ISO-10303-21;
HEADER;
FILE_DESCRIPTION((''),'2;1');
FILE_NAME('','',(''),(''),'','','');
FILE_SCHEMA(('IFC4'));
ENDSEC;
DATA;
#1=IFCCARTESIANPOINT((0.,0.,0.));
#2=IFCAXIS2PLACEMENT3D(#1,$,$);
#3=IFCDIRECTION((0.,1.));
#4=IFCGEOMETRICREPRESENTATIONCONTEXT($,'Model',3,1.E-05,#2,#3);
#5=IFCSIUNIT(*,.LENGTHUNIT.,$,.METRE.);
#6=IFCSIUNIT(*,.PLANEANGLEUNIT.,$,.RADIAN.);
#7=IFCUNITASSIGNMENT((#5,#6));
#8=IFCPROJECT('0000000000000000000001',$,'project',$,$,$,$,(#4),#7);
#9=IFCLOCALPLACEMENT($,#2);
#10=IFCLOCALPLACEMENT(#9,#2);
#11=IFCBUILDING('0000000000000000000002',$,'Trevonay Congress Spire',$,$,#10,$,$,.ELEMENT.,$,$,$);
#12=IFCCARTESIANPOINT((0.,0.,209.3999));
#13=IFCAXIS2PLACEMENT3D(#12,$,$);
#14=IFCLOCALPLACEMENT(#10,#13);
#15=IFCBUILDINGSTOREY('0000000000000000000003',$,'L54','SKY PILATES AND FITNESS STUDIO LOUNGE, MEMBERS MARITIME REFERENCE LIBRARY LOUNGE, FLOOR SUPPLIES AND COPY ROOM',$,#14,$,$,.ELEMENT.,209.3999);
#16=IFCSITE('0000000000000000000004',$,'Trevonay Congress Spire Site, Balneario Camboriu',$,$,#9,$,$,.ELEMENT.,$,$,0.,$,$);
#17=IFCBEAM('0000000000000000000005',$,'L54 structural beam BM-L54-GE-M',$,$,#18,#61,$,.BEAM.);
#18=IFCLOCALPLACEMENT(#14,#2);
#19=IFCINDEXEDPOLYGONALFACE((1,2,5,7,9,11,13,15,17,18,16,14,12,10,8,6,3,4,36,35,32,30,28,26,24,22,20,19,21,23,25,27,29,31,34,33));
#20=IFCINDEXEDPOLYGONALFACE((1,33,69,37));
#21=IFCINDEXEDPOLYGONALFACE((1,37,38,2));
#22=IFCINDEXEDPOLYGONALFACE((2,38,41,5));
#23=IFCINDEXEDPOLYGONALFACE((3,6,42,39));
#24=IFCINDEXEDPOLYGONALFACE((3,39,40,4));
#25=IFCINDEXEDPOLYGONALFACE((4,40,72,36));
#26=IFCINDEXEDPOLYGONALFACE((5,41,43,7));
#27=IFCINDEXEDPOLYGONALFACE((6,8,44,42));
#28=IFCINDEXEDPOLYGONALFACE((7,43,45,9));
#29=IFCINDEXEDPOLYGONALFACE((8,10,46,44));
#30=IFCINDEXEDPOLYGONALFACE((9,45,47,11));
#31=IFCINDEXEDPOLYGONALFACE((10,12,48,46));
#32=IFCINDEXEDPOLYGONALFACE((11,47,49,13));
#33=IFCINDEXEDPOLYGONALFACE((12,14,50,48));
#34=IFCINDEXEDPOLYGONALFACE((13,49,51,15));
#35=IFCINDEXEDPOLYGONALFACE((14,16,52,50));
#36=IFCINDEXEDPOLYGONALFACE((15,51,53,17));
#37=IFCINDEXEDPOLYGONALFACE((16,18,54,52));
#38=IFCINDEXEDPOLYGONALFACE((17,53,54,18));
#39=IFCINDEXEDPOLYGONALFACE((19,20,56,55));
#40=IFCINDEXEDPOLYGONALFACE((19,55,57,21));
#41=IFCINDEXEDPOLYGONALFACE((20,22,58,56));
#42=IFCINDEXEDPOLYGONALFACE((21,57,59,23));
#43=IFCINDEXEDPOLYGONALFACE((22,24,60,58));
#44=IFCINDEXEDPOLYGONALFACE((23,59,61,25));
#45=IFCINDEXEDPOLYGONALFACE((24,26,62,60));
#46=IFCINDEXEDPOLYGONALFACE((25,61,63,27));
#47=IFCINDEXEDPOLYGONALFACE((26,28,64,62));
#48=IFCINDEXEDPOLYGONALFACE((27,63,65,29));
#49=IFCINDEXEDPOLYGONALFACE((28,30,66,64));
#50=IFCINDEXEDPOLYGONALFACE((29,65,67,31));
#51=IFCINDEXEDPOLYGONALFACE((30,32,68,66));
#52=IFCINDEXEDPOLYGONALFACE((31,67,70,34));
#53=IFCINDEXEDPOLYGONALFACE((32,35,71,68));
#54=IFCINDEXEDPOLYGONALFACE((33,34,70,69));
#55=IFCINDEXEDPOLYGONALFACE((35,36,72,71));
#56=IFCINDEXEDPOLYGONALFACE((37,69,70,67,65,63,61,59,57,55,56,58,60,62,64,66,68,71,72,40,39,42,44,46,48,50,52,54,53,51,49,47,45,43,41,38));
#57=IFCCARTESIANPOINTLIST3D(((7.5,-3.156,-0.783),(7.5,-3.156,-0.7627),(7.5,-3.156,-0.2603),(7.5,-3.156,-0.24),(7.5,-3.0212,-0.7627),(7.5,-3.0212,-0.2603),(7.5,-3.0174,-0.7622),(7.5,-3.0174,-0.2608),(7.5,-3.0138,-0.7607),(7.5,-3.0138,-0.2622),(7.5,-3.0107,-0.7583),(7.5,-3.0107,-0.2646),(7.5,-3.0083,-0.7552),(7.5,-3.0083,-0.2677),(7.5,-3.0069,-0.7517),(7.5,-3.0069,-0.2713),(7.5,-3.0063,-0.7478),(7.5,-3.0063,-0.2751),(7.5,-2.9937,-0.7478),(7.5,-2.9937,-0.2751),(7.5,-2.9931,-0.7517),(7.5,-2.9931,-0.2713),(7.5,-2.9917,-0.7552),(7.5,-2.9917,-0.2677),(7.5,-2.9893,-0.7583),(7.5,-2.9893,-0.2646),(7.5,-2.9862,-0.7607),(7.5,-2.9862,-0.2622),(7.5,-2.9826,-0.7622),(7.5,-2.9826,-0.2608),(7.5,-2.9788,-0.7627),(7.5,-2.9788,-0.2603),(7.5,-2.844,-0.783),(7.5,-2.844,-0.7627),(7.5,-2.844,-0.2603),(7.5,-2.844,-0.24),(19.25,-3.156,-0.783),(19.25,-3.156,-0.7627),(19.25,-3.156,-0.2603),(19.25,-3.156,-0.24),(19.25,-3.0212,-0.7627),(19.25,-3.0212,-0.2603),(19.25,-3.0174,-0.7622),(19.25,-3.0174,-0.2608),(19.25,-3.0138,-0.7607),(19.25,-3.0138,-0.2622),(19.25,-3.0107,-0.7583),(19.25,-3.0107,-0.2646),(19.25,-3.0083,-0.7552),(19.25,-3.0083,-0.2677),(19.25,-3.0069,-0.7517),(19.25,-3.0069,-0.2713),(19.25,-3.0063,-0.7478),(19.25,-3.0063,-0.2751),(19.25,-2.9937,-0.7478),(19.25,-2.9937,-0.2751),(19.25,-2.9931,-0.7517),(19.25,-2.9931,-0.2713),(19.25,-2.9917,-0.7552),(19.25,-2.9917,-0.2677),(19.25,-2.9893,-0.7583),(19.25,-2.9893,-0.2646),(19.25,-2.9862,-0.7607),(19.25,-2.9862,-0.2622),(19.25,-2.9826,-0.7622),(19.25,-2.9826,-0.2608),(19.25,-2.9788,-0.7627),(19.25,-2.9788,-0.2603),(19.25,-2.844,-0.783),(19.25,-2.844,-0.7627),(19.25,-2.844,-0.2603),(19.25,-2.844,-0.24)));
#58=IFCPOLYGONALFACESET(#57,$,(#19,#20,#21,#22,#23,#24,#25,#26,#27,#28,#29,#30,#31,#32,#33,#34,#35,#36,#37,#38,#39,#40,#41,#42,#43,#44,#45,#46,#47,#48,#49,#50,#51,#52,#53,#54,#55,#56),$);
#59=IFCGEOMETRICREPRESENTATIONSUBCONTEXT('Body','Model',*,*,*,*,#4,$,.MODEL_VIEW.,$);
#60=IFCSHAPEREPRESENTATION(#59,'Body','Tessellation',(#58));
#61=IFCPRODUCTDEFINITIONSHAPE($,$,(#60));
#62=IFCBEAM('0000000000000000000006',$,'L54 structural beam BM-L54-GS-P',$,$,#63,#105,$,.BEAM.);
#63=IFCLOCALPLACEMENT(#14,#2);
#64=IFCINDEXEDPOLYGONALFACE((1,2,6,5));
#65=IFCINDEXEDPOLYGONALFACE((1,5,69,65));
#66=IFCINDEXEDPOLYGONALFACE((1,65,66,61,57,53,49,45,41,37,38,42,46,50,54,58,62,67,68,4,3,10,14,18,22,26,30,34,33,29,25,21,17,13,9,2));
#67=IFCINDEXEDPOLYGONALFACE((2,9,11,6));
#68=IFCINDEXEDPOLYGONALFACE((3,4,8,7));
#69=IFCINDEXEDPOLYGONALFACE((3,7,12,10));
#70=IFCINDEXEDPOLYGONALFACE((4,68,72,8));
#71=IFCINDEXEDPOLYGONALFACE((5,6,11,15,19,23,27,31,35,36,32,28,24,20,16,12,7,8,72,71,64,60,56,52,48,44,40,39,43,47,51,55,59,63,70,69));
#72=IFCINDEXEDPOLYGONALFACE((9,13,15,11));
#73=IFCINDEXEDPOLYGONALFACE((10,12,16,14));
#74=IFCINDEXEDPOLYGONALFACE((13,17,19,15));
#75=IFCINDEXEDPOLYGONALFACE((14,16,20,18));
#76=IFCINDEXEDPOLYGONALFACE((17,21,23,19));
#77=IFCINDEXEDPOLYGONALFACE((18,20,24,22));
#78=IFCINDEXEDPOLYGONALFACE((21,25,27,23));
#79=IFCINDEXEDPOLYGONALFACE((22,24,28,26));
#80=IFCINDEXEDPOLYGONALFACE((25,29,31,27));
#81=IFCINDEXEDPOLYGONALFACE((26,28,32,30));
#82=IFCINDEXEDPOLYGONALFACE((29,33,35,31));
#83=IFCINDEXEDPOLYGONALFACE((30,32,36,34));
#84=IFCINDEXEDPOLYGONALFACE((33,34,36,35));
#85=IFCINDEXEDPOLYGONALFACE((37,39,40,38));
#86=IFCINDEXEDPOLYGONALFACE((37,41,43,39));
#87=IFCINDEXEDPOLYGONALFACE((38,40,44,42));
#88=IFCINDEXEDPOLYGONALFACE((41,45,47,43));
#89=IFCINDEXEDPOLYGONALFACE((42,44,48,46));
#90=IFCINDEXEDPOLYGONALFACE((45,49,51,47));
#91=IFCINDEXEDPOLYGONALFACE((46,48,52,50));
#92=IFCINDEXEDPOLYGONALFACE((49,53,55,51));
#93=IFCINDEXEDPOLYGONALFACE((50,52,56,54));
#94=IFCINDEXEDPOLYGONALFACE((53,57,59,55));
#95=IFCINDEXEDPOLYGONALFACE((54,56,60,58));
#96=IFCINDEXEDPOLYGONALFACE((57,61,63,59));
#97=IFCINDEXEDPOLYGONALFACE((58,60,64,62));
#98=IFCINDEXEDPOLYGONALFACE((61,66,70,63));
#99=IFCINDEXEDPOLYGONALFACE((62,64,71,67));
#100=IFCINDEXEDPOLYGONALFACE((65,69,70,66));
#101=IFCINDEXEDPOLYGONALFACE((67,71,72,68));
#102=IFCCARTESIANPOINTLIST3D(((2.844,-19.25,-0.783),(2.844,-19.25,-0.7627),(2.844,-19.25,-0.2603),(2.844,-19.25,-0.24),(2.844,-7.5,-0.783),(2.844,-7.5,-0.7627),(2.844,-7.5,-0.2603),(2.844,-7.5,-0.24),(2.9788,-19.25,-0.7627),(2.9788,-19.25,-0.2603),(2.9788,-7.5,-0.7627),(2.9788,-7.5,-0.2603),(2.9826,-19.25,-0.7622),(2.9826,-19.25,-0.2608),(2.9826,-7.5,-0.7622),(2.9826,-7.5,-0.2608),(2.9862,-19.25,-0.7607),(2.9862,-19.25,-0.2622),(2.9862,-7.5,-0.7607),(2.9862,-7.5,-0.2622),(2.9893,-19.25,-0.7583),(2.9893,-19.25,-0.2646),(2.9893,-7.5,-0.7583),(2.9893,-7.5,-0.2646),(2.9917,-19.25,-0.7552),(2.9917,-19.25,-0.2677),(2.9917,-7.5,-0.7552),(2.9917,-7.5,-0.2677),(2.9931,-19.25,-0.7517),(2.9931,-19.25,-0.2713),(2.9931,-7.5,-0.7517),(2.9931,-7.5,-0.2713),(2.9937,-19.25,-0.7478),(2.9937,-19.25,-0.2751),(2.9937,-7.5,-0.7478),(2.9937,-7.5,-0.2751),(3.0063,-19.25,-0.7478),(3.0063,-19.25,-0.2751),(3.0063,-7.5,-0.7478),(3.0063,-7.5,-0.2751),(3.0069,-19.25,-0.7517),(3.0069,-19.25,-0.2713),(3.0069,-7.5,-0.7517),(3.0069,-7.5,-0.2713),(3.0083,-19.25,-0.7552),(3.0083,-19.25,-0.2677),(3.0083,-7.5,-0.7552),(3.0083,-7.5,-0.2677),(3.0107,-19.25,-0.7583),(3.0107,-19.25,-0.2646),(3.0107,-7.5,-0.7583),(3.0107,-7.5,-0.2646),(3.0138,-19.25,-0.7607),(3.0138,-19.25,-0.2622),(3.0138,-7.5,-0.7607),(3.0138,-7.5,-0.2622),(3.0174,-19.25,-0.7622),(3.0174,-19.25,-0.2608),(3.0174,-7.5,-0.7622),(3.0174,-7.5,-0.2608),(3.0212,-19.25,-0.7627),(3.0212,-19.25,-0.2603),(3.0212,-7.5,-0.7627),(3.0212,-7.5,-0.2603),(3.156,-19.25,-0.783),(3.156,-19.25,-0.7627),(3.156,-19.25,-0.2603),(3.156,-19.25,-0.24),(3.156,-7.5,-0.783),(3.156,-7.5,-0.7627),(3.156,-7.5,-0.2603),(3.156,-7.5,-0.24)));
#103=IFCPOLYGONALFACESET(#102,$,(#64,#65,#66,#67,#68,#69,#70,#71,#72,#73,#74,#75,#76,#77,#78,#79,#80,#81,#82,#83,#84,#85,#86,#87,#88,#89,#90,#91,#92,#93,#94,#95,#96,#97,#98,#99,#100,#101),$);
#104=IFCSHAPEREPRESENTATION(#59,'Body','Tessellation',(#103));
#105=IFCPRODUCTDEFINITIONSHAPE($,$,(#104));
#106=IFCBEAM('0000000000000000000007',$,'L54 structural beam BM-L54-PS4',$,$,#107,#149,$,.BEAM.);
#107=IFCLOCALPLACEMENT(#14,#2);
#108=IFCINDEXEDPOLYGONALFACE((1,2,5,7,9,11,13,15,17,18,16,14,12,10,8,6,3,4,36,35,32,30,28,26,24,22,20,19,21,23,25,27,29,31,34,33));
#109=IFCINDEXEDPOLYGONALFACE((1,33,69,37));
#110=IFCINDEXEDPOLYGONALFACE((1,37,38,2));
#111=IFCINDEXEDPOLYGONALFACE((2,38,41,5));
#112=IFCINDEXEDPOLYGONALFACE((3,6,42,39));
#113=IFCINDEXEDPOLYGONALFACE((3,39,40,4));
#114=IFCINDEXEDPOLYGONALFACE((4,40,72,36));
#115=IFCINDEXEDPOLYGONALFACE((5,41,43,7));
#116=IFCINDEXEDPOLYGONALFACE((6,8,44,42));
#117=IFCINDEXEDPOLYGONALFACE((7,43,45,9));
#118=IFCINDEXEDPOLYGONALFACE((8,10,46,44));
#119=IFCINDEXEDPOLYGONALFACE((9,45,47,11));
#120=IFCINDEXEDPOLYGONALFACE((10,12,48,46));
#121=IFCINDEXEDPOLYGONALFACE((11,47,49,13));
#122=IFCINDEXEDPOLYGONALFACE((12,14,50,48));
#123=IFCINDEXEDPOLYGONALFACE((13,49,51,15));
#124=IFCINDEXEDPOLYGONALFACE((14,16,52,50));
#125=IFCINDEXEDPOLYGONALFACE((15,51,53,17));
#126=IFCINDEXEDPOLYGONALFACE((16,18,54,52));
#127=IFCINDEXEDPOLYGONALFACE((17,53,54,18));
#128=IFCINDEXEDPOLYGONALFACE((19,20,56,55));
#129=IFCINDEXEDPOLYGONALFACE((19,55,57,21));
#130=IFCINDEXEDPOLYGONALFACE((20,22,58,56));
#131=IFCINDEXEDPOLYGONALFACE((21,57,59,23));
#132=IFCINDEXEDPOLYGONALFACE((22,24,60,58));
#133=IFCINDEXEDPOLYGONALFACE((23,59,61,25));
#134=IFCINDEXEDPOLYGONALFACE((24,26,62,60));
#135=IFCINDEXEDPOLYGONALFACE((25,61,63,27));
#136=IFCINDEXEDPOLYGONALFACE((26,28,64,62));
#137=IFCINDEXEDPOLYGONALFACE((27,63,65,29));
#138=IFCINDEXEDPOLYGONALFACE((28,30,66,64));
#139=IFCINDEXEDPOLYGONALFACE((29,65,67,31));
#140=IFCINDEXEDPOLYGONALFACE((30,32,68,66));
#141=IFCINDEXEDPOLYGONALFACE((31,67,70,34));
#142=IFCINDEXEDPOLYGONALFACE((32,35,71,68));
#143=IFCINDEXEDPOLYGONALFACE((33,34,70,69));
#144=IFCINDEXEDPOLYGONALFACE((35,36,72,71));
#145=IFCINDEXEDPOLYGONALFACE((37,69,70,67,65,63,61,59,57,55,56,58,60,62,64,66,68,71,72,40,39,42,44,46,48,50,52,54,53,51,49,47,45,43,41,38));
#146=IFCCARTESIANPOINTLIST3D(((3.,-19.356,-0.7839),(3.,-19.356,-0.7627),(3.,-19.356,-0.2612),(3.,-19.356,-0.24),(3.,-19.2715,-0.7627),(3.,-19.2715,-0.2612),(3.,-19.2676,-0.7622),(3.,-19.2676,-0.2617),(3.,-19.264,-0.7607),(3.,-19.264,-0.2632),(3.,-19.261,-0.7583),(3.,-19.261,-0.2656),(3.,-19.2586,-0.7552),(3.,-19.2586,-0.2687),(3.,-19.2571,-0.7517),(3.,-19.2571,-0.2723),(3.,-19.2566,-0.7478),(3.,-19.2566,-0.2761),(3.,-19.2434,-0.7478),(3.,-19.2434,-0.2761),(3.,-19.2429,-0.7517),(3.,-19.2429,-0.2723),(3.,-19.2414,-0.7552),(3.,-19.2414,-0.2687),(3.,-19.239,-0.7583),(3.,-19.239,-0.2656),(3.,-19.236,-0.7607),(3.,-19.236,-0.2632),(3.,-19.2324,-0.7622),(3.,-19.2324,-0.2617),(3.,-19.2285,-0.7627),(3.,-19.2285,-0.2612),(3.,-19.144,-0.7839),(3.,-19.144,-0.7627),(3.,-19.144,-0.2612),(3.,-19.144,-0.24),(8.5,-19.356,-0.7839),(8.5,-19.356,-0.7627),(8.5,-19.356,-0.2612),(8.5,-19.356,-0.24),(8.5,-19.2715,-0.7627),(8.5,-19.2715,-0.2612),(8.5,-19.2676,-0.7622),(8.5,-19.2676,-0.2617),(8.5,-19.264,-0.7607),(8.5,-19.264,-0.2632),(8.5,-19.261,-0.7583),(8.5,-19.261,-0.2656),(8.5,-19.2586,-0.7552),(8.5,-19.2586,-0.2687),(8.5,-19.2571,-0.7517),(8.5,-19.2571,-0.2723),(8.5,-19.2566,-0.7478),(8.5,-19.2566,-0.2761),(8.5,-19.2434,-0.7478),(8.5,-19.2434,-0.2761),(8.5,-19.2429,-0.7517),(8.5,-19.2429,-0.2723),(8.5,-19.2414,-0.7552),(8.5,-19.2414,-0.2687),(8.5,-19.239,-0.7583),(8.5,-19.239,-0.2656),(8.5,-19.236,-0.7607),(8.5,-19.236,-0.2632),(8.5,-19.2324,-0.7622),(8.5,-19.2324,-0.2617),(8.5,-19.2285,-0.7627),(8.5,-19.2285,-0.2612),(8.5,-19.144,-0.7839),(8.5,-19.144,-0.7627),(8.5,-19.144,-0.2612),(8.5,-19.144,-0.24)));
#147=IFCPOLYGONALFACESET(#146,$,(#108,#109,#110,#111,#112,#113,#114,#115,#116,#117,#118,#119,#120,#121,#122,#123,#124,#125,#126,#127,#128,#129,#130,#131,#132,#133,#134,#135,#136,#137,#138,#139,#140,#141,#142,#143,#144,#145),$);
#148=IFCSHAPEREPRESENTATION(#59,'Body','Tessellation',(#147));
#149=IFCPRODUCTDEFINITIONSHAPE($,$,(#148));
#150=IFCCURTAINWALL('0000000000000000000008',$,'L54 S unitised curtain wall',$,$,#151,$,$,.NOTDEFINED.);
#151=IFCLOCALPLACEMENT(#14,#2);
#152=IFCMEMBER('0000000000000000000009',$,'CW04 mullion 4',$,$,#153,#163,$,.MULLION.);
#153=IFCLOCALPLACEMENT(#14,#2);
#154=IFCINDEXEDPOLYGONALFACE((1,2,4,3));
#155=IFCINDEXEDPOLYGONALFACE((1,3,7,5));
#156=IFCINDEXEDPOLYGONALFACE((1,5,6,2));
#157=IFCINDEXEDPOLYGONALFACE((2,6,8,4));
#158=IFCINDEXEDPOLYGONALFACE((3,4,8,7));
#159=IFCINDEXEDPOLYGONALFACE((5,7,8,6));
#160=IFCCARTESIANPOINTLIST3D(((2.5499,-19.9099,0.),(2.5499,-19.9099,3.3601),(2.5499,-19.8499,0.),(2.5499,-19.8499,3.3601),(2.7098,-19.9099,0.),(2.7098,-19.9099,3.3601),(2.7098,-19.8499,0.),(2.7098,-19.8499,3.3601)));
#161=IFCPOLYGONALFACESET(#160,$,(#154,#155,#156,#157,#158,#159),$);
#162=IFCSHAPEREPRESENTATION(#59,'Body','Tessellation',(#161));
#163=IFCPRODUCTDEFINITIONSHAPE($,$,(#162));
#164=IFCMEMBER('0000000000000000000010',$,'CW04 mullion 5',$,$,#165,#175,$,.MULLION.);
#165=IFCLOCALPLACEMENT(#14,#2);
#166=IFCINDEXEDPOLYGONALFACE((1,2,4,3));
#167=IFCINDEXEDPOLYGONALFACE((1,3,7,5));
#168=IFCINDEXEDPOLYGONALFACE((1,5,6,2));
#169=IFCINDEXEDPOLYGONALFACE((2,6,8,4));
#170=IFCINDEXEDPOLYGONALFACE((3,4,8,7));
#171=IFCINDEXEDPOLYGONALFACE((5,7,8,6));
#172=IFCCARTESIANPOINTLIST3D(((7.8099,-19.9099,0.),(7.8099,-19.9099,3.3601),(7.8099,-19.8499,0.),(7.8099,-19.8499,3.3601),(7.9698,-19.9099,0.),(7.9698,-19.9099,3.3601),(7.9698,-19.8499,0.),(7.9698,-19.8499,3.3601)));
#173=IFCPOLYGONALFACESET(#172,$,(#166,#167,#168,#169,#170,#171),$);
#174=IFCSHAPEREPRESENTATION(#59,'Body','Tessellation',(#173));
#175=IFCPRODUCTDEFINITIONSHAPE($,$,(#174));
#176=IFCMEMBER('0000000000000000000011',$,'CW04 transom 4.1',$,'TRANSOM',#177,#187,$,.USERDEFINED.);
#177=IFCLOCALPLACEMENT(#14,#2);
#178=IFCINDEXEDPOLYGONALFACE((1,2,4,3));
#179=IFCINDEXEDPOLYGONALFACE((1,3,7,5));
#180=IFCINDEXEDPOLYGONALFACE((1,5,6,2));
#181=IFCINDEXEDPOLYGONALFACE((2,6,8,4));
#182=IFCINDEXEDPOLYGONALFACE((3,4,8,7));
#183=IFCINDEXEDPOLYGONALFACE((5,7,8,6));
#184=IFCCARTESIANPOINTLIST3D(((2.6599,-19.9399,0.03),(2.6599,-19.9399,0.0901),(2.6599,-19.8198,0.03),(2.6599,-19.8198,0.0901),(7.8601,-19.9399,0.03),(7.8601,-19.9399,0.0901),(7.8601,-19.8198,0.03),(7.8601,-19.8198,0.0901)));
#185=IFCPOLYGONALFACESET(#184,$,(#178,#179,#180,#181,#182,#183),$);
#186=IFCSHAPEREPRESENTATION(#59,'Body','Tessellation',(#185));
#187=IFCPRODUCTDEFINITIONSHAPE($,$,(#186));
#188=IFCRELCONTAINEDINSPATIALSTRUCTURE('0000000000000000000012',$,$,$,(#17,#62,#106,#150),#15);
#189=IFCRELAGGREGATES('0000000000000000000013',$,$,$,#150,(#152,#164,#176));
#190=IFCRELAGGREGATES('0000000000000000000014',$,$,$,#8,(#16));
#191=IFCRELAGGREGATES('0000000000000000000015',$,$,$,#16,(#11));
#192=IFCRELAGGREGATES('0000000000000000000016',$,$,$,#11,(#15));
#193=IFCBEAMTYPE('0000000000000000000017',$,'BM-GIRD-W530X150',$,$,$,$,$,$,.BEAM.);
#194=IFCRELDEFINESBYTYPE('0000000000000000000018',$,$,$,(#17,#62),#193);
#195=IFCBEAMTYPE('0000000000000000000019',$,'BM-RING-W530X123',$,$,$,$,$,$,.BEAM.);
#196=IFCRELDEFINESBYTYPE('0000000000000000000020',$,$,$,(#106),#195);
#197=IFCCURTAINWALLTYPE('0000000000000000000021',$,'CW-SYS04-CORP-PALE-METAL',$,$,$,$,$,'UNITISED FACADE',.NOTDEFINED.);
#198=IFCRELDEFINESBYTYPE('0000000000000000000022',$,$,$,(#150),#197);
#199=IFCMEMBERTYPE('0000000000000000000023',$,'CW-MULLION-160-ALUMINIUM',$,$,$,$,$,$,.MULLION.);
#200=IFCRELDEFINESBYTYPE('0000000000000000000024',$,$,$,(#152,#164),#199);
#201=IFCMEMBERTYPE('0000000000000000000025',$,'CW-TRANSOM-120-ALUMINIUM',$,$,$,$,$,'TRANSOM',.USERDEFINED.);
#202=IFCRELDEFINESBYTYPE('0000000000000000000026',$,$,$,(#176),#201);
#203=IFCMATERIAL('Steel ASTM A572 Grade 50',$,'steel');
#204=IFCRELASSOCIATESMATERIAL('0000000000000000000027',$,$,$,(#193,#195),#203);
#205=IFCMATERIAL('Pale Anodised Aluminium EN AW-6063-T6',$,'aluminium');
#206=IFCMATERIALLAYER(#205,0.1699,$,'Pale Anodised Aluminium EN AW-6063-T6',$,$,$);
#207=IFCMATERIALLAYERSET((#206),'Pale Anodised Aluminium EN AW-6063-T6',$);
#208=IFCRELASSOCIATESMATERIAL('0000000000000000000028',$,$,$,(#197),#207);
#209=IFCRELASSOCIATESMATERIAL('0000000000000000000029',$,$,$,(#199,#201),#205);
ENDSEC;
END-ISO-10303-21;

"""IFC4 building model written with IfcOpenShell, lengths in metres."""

from ifc_helpers import new_model, si_unit, direction, frame, origin, origin_2d, place, context, subcontext, project, spatial, rectangle, i_section, extrude, material, layer, layer_set, material_profile, profile_set, type_object, element, aggregate, save


model = new_model("IFC4")

# Units and contexts
model_context = context("Model", 3, precision=1e-05, world=origin(), true_north=direction((0.0, 1.0)))
body_context = subcontext(model_context, "Body", "Model", "MODEL_VIEW")
ifc_project = project(units=[si_unit("LENGTHUNIT", "METRE"), si_unit("PLANEANGLEUNIT", "RADIAN")], contexts=[model_context])

# Site, building, storey
site_placement = place(None, origin())
site = spatial("IfcSite", under=ifc_project, at=site_placement, Name="Trevonay Congress Spire Site, Balneario Camboriu", CompositionType="ELEMENT", RefElevation=0.0)
building_placement = place(site_placement, origin())
building = spatial("IfcBuilding", under=site, at=building_placement, Name="Trevonay Congress Spire", CompositionType="ELEMENT")
storey_placement = place(building_placement, frame((0.0, 0.0, 209.3999)))
storey = spatial("IfcBuildingStorey", under=building, at=storey_placement, Name="L54", Description="SKY PILATES AND FITNESS STUDIO LOUNGE, MEMBERS MARITIME REFERENCE LIBRARY LOUNGE, FLOOR SUPPLIES AND COPY ROOM", CompositionType="ELEMENT", Elevation=209.3999)

# Shared definitions
ifc_material_1 = material(Name="Steel ASTM A572 Grade 50", Category="steel")

# Beams
ifc_material_profile_1 = material_profile(ifc_material_1, i_section(OverallWidth=0.312, OverallDepth=0.543, WebThickness=0.0127, FlangeThickness=0.0203, FilletRadius=0.0149, at=origin_2d()), Name="W530x150")
ifc_profile_set_1 = profile_set([ifc_material_profile_1], Name="Steel ASTM A572 Grade 50")
beam_type_1 = type_object("IfcBeamType", Name="BM-GIRD-W530X150", PredefinedType="BEAM", material=ifc_profile_set_1)
for number, where, z_axis, x_axis, name in (
    (1, (7.5, -3.0, -0.5115), (1.0, 0.0, 0.0), (0.0, 1.0, 0.0), "L54 structural beam BM-L54-GE-M"),
    (2, (3.0, -7.5, -0.5115), (0.0, -1.0, 0.0), (1.0, 0.0, 0.0), "L54 structural beam BM-L54-GS-P"),
):
    element("IfcBeam", number, at=place(storey_placement, frame(where, z_axis=z_axis, x_axis=x_axis)), inside=storey, type_object=beam_type_1, Name=name, PredefinedType="BEAM", context=body_context, shape_type="SweptSolid", body=[
        extrude(i_section(OverallWidth=0.312, OverallDepth=0.543, WebThickness=0.0127, FlangeThickness=0.0203, FilletRadius=0.0149, at=origin_2d()), origin(), (0.0, 0.0, 1.0), 11.75),
    ])
ifc_material_profile_2 = material_profile(ifc_material_1, i_section(OverallWidth=0.2119, OverallDepth=0.5439, WebThickness=0.0132, FlangeThickness=0.0212, FilletRadius=0.0149, at=origin_2d()), Name="W530x123")
ifc_profile_set_2 = profile_set([ifc_material_profile_2], Name="Steel ASTM A572 Grade 50")
beam_type_2 = type_object("IfcBeamType", Name="BM-RING-W530X123", PredefinedType="BEAM", material=ifc_profile_set_2)
beam_1_placement = place(storey_placement, frame((3.0, -19.25, -0.512), z_axis=(1.0, 0.0, 0.0), x_axis=(0.0, 1.0, 0.0)))
element("IfcBeam", 3, at=beam_1_placement, inside=storey, type_object=beam_type_2, Name="L54 structural beam BM-L54-PS4", PredefinedType="BEAM", context=body_context, shape_type="SweptSolid", body=[
    extrude(i_section(OverallWidth=0.2119, OverallDepth=0.5439, WebThickness=0.0132, FlangeThickness=0.0212, FilletRadius=0.0149, at=origin_2d()), origin(), (0.0, 0.0, 1.0), 5.5),
])

# Curtain wall, members
ifc_material_2 = material(Name="Pale Anodised Aluminium EN AW-6063-T6", Category="aluminium")
ifc_layer_1 = layer(ifc_material_2, 0.1699, Name="Pale Anodised Aluminium EN AW-6063-T6")
ifc_layer_set_1 = layer_set([ifc_layer_1], Name="Pale Anodised Aluminium EN AW-6063-T6")
curtain_wall_type = type_object("IfcCurtainWallType", Name="CW-SYS04-CORP-PALE-METAL", ElementType="UNITISED FACADE", PredefinedType="NOTDEFINED", material=ifc_layer_set_1)
curtain_wall_placement = place(storey_placement, origin())
curtain_wall = element("IfcCurtainWall", 4, at=curtain_wall_placement, inside=storey, type_object=curtain_wall_type, Name="L54 S unitised curtain wall", PredefinedType="NOTDEFINED")
ifc_material_profile_3 = material_profile(ifc_material_2, rectangle(XDim=0.0601, YDim=0.1599, at=origin_2d()), Name="CW-MULLION-160-ALUMINIUM")
ifc_profile_set_3 = profile_set([ifc_material_profile_3], Name="Pale Anodised Aluminium EN AW-6063-T6")
member_type_1 = type_object("IfcMemberType", Name="CW-MULLION-160-ALUMINIUM", PredefinedType="MULLION", material=ifc_profile_set_3)
member_1_placement = place(storey_placement, frame((2.6299, -19.8799, 0.0), z_axis=(0.0, 0.0, 1.0), x_axis=(0.0, 1.0, 0.0)))
member_1 = element("IfcMember", 5, at=member_1_placement, type_object=member_type_1, Name="CW04 mullion 4", PredefinedType="MULLION", context=body_context, shape_type="SweptSolid", body=[
    extrude(rectangle(XDim=0.0601, YDim=0.1599, at=origin_2d()), origin(), (0.0, 0.0, 1.0), 3.3601),
])
member_2_placement = place(storey_placement, frame((7.8899, -19.8799, 0.0), z_axis=(0.0, 0.0, 1.0), x_axis=(0.0, 1.0, 0.0)))
member_2 = element("IfcMember", 6, at=member_2_placement, type_object=member_type_1, Name="CW04 mullion 5", PredefinedType="MULLION", context=body_context, shape_type="SweptSolid", body=[
    extrude(rectangle(XDim=0.0601, YDim=0.1599, at=origin_2d()), origin(), (0.0, 0.0, 1.0), 3.3601),
])
ifc_material_profile_4 = material_profile(ifc_material_2, rectangle(XDim=0.1201, YDim=0.0601, at=origin_2d()), Name="CW-TRANSOM-120-ALUMINIUM")
ifc_profile_set_4 = profile_set([ifc_material_profile_4], Name="Pale Anodised Aluminium EN AW-6063-T6")
member_type_2 = type_object("IfcMemberType", Name="CW-TRANSOM-120-ALUMINIUM", ElementType="TRANSOM", PredefinedType="USERDEFINED", material=ifc_profile_set_4)
member_3_placement = place(storey_placement, frame((2.6599, -19.8799, 0.0601), z_axis=(1.0, 0.0, 0.0), x_axis=(0.0, 1.0, 0.0)))
member_3 = element("IfcMember", 7, at=member_3_placement, type_object=member_type_2, Name="CW04 transom 4.1", ObjectType="TRANSOM", PredefinedType="USERDEFINED", context=body_context, shape_type="SweptSolid", body=[
    extrude(rectangle(XDim=0.1201, YDim=0.0601, at=origin_2d()), origin(), (0.0, 0.0, 1.0), 5.2002),
])

aggregate(curtain_wall, [member_1, member_2, member_3])

save(model, "model.ifc")
